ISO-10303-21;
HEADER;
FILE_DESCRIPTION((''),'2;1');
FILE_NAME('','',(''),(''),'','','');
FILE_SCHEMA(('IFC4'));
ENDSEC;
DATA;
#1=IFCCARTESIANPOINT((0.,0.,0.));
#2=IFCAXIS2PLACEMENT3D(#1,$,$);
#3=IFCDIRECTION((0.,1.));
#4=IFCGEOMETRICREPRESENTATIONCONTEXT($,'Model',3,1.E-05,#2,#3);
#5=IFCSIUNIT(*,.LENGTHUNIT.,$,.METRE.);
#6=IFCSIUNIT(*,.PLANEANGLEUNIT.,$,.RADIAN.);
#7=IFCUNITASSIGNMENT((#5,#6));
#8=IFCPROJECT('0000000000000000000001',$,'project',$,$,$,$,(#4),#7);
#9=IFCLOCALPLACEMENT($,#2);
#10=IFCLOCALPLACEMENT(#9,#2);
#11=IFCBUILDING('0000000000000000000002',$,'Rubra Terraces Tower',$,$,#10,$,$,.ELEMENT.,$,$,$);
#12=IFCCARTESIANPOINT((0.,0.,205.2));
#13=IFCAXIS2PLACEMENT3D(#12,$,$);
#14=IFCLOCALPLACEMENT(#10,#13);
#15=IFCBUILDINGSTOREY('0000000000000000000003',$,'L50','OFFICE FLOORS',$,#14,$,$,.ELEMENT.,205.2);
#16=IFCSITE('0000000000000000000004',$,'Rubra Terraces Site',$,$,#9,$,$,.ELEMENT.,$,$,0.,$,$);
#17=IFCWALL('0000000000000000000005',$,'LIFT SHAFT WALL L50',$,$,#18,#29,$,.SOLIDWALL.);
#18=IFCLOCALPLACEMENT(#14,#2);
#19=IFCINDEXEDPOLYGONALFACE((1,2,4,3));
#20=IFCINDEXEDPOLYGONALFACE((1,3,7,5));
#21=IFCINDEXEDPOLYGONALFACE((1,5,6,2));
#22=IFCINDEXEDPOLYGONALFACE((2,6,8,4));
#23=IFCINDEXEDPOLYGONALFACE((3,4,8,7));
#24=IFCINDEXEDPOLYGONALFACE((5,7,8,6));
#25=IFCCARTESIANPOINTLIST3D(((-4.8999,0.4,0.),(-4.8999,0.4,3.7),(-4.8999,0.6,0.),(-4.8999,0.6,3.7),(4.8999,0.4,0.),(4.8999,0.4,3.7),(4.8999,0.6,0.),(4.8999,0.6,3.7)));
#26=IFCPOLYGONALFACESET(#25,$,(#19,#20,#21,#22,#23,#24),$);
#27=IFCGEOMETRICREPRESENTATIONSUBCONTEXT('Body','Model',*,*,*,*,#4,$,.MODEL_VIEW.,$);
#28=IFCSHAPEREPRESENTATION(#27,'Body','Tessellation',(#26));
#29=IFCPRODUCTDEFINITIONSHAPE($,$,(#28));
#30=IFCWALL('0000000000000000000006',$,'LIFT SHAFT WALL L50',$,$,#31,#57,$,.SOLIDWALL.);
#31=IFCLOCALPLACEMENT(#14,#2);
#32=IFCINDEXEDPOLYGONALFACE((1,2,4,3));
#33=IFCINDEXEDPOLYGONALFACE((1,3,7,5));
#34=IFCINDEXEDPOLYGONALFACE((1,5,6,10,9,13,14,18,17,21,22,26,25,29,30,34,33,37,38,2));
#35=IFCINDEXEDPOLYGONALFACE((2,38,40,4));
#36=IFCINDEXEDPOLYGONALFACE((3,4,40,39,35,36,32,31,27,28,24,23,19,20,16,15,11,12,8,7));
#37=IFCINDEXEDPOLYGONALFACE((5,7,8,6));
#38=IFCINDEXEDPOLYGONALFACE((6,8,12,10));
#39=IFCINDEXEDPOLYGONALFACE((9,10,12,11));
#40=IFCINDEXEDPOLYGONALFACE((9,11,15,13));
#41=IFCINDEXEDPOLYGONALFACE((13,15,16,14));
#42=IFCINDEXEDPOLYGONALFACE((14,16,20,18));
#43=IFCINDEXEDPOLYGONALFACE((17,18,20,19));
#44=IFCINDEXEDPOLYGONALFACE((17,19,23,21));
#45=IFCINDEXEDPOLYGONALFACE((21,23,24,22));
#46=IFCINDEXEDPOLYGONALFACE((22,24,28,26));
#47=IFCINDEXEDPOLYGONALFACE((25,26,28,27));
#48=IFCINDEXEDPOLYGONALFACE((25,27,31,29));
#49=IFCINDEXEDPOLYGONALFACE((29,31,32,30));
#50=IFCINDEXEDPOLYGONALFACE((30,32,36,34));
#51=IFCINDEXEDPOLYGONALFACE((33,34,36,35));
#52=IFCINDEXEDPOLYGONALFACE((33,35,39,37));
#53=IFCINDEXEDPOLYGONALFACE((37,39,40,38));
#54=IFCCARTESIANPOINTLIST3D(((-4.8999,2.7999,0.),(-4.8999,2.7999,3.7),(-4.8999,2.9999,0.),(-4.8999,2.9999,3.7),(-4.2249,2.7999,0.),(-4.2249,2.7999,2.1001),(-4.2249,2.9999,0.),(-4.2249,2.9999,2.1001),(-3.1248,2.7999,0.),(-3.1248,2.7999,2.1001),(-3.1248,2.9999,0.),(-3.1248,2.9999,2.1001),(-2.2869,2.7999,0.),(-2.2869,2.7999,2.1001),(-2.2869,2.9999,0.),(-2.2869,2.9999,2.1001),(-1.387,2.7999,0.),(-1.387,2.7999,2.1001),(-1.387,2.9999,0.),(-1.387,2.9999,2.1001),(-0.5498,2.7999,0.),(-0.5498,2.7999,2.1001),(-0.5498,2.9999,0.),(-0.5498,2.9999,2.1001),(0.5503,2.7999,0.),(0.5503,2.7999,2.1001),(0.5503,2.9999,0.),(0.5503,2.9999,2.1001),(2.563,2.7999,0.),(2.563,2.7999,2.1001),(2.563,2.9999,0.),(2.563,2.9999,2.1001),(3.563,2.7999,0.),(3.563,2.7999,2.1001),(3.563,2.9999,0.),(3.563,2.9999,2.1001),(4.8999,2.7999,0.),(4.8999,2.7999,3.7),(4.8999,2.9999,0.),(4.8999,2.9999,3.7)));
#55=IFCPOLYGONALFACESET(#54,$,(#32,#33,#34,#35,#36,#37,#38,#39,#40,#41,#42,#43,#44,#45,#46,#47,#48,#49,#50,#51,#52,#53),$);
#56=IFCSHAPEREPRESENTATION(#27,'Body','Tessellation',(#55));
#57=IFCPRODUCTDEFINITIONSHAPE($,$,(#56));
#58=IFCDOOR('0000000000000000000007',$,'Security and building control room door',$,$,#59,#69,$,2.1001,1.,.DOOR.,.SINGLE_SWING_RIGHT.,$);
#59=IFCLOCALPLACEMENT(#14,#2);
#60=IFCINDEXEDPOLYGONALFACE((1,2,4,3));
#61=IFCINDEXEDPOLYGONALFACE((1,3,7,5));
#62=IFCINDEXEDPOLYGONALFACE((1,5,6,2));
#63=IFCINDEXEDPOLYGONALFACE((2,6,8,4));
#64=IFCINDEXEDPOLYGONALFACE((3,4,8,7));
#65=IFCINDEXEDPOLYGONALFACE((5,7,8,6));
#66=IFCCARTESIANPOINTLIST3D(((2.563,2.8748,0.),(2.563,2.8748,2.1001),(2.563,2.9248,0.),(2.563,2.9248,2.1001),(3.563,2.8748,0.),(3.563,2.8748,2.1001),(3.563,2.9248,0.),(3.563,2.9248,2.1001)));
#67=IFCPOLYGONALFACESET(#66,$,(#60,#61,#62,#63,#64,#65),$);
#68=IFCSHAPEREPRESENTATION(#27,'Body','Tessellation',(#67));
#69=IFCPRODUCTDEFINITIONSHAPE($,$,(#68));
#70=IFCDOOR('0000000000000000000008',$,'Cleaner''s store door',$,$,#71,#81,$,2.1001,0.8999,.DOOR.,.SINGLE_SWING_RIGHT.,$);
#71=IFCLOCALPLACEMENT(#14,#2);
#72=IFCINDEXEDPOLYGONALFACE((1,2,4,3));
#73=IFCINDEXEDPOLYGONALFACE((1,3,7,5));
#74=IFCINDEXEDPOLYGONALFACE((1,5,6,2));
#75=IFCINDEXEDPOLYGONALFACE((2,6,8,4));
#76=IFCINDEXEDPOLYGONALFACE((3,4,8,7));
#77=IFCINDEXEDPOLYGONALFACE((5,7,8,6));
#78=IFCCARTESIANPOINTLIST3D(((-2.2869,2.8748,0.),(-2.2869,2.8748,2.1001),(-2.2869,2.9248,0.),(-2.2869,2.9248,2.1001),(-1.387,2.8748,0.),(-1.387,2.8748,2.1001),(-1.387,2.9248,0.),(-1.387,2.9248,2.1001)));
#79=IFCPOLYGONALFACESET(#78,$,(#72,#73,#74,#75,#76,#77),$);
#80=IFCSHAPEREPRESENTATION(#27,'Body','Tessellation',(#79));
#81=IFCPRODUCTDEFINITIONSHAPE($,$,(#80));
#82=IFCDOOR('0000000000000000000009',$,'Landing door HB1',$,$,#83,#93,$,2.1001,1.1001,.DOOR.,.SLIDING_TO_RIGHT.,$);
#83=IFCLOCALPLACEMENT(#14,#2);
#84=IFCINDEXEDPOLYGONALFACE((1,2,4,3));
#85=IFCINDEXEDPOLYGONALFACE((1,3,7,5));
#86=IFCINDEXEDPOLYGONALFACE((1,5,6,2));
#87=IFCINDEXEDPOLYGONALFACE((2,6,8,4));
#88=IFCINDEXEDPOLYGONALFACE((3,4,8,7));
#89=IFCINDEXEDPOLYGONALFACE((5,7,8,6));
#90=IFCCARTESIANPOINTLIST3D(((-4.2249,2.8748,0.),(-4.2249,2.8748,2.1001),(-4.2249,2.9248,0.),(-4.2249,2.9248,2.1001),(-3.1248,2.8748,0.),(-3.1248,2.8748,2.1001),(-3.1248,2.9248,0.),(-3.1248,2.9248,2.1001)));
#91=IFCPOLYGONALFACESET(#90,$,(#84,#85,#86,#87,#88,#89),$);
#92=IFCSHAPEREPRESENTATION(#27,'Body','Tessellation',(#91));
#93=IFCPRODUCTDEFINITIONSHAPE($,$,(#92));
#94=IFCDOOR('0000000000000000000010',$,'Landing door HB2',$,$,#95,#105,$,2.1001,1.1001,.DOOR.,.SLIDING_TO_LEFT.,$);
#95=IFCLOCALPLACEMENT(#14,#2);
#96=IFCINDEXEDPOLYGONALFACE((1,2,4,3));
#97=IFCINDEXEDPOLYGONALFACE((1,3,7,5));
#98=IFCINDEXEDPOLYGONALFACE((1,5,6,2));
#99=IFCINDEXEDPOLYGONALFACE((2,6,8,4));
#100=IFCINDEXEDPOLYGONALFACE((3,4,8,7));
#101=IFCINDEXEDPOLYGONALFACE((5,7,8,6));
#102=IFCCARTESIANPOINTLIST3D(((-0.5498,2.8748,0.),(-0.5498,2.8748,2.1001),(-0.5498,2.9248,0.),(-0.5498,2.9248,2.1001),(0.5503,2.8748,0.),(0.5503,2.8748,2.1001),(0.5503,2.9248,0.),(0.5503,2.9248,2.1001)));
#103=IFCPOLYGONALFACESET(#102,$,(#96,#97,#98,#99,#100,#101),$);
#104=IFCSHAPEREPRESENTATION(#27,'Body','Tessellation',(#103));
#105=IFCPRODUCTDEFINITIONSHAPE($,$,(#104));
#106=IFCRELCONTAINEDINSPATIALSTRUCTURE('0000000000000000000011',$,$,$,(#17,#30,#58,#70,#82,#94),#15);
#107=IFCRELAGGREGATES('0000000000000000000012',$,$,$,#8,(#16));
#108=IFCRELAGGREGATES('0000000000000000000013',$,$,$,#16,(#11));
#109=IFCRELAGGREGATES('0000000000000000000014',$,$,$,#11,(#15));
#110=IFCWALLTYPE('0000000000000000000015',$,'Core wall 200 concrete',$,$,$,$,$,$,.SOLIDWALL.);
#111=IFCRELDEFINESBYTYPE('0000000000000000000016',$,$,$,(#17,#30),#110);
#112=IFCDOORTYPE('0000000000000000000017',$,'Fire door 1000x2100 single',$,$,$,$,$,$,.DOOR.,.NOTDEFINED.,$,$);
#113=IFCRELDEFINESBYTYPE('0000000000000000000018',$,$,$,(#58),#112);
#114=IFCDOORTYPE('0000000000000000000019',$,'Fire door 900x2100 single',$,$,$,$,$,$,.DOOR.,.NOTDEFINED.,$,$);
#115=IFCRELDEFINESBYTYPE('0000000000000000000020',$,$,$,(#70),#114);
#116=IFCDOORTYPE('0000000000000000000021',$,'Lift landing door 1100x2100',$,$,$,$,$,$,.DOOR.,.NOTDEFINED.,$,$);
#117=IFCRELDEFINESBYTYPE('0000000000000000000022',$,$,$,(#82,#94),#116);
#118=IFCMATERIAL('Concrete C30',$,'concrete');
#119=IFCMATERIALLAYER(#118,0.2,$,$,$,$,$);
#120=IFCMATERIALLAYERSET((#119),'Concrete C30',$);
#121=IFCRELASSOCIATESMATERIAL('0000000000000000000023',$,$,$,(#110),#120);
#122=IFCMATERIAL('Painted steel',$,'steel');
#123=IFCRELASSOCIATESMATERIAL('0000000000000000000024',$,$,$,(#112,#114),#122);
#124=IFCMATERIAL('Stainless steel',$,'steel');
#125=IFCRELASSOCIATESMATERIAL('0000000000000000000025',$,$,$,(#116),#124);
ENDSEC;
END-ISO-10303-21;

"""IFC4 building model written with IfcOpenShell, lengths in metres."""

from ifc_helpers import new_model, si_unit, direction, frame, frame_2d, origin, place, context, subcontext, project, spatial, rectangle, extrude, material, layer, layer_set, type_object, element, fill, save


model = new_model("IFC4")

# Units and contexts
model_context = context("Model", 3, precision=1e-05, world=origin(), true_north=direction((0.0, 1.0)))
body_context = subcontext(model_context, "Body", "Model", "MODEL_VIEW")
ifc_project = project(units=[si_unit("LENGTHUNIT", "METRE"), si_unit("PLANEANGLEUNIT", "RADIAN")], contexts=[model_context])

# Site, building, storey
site_placement = place(None, origin())
site = spatial("IfcSite", under=ifc_project, at=site_placement, Name="Rubra Terraces Site", CompositionType="ELEMENT", RefElevation=0.0)
building_placement = place(site_placement, origin())
building = spatial("IfcBuilding", under=site, at=building_placement, Name="Rubra Terraces Tower", CompositionType="ELEMENT")
storey_placement = place(building_placement, frame((0.0, 0.0, 205.2)))
storey = spatial("IfcBuildingStorey", under=building, at=storey_placement, Name="L50", Description="OFFICE FLOORS", CompositionType="ELEMENT", Elevation=205.2)

# Wall
ifc_material_1 = material(Name="Concrete C30", Category="concrete")
ifc_layer_1 = layer(ifc_material_1, 0.2)
ifc_layer_set_1 = layer_set([ifc_layer_1], Name="Concrete C30")
wall_type_1 = type_object("IfcWallType", Name="Core wall 200 concrete", PredefinedType="SOLIDWALL", material=ifc_layer_set_1)
wall_1_placement = place(storey_placement, frame((-4.8999, 0.5, 0.0), z_axis=(0.0, 0.0, 1.0), x_axis=(1.0, 0.0, 0.0)))
element("IfcWall", 1, at=wall_1_placement, inside=storey, type_object=wall_type_1, Name="LIFT SHAFT WALL L50", PredefinedType="SOLIDWALL", context=body_context, shape_type="SweptSolid", body=[
    extrude(rectangle(XDim=9.7998, YDim=0.2, at=frame_2d((4.8999, 0.0))), origin(), (0.0, 0.0, 1.0), 3.7),
])

# Wall, openings, doors
wall_2_placement = place(storey_placement, frame((-4.8999, 2.8999, 0.0), z_axis=(0.0, 0.0, 1.0), x_axis=(1.0, 0.0, 0.0)))
wall_2 = element("IfcWall", 2, at=wall_2_placement, inside=storey, type_object=wall_type_1, Name="LIFT SHAFT WALL L50", PredefinedType="SOLIDWALL", context=body_context, shape_type="SweptSolid", body=[
    extrude(rectangle(XDim=9.7998, YDim=0.2, at=frame_2d((4.8999, 0.0))), origin(), (0.0, 0.0, 1.0), 3.7),
])
opening_1_placement = place(wall_2_placement, frame((0.675, 0.0, 0.0)))
opening_1 = element("IfcOpeningElement", 3, at=opening_1_placement, cuts=wall_2, PredefinedType="OPENING", context=body_context, shape_type="SweptSolid", body=[
    extrude(rectangle(XDim=1.1001, YDim=2.1001, at=frame_2d((0.55, 1.05))), frame((0.0, 0.1099, 0.0), z_axis=(0.0, -1.0, 0.0), x_axis=(1.0, 0.0, 0.0)), (0.0, 0.0, 1.0), 0.22),
])
opening_2_placement = place(wall_2_placement, frame((2.613, 0.0, 0.0)))
opening_2 = element("IfcOpeningElement", 4, at=opening_2_placement, cuts=wall_2, PredefinedType="OPENING", context=body_context, shape_type="SweptSolid", body=[
    extrude(rectangle(XDim=0.8999, YDim=2.1001, at=frame_2d((0.45, 1.05))), frame((0.0, 0.1099, 0.0), z_axis=(0.0, -1.0, 0.0), x_axis=(1.0, 0.0, 0.0)), (0.0, 0.0, 1.0), 0.22),
])
opening_3_placement = place(wall_2_placement, frame((4.3501, 0.0, 0.0)))
opening_3 = element("IfcOpeningElement", 5, at=opening_3_placement, cuts=wall_2, PredefinedType="OPENING", context=body_context, shape_type="SweptSolid", body=[
    extrude(rectangle(XDim=1.1001, YDim=2.1001, at=frame_2d((0.55, 1.05))), frame((0.0, 0.1099, 0.0), z_axis=(0.0, -1.0, 0.0), x_axis=(1.0, 0.0, 0.0)), (0.0, 0.0, 1.0), 0.22),
])
opening_4_placement = place(wall_2_placement, frame((7.4629, 0.0, 0.0)))
opening_4 = element("IfcOpeningElement", 6, at=opening_4_placement, cuts=wall_2, PredefinedType="OPENING", context=body_context, shape_type="SweptSolid", body=[
    extrude(rectangle(XDim=1.0, YDim=2.1001, at=frame_2d((0.5, 1.05))), frame((0.0, 0.1099, 0.0), z_axis=(0.0, -1.0, 0.0), x_axis=(1.0, 0.0, 0.0)), (0.0, 0.0, 1.0), 0.22),
])
ifc_material_2 = material(Name="Painted steel", Category="steel")
door_type_1 = type_object("IfcDoorType", Name="Fire door 1000x2100 single", OperationType="NOTDEFINED", PredefinedType="DOOR", material=ifc_material_2)
door_1_placement = place(opening_4_placement, origin())
door_1 = element("IfcDoor", 7, at=door_1_placement, inside=storey, type_object=door_type_1, Name="Security and building control room door", OperationType="SINGLE_SWING_RIGHT", OverallHeight=2.1001, OverallWidth=1.0, PredefinedType="DOOR", context=body_context, shape_type="SweptSolid", body=[
    extrude(rectangle(XDim=1.0, YDim=2.1001, at=frame_2d((0.5, 1.05))), frame((0.0, 0.0249, 0.0), z_axis=(0.0, -1.0, 0.0), x_axis=(1.0, 0.0, 0.0)), (0.0, 0.0, 1.0), 0.05),
])
fill(opening_4, door_1)
door_type_2 = type_object("IfcDoorType", Name="Fire door 900x2100 single", OperationType="NOTDEFINED", PredefinedType="DOOR", material=ifc_material_2)
door_2_placement = place(opening_2_placement, origin())
door_2 = element("IfcDoor", 8, at=door_2_placement, inside=storey, type_object=door_type_2, Name="Cleaner's store door", OperationType="SINGLE_SWING_RIGHT", OverallHeight=2.1001, OverallWidth=0.8999, PredefinedType="DOOR", context=body_context, shape_type="SweptSolid", body=[
    extrude(rectangle(XDim=0.8999, YDim=2.1001, at=frame_2d((0.45, 1.05))), frame((0.0, 0.0249, 0.0), z_axis=(0.0, -1.0, 0.0), x_axis=(1.0, 0.0, 0.0)), (0.0, 0.0, 1.0), 0.05),
])
fill(opening_2, door_2)
ifc_material_3 = material(Name="Stainless steel", Category="steel")
door_type_3 = type_object("IfcDoorType", Name="Lift landing door 1100x2100", OperationType="NOTDEFINED", PredefinedType="DOOR", material=ifc_material_3)
door_3_placement = place(opening_1_placement, origin())
door_3 = element("IfcDoor", 9, at=door_3_placement, inside=storey, type_object=door_type_3, Name="Landing door HB1", OperationType="SLIDING_TO_RIGHT", OverallHeight=2.1001, OverallWidth=1.1001, PredefinedType="DOOR", context=body_context, shape_type="SweptSolid", body=[
    extrude(rectangle(XDim=1.1001, YDim=2.1001, at=frame_2d((0.55, 1.05))), frame((0.0, 0.0249, 0.0), z_axis=(0.0, -1.0, 0.0), x_axis=(1.0, 0.0, 0.0)), (0.0, 0.0, 1.0), 0.05),
])
fill(opening_1, door_3)
door_4_placement = place(opening_3_placement, origin())
door_4 = element("IfcDoor", 10, at=door_4_placement, inside=storey, type_object=door_type_3, Name="Landing door HB2", OperationType="SLIDING_TO_LEFT", OverallHeight=2.1001, OverallWidth=1.1001, PredefinedType="DOOR", context=body_context, shape_type="SweptSolid", body=[
    extrude(rectangle(XDim=1.1001, YDim=2.1001, at=frame_2d((0.55, 1.05))), frame((0.0, 0.0249, 0.0), z_axis=(0.0, -1.0, 0.0), x_axis=(1.0, 0.0, 0.0)), (0.0, 0.0, 1.0), 0.05),
])
fill(opening_3, door_4)

save(model, "model.ifc")
